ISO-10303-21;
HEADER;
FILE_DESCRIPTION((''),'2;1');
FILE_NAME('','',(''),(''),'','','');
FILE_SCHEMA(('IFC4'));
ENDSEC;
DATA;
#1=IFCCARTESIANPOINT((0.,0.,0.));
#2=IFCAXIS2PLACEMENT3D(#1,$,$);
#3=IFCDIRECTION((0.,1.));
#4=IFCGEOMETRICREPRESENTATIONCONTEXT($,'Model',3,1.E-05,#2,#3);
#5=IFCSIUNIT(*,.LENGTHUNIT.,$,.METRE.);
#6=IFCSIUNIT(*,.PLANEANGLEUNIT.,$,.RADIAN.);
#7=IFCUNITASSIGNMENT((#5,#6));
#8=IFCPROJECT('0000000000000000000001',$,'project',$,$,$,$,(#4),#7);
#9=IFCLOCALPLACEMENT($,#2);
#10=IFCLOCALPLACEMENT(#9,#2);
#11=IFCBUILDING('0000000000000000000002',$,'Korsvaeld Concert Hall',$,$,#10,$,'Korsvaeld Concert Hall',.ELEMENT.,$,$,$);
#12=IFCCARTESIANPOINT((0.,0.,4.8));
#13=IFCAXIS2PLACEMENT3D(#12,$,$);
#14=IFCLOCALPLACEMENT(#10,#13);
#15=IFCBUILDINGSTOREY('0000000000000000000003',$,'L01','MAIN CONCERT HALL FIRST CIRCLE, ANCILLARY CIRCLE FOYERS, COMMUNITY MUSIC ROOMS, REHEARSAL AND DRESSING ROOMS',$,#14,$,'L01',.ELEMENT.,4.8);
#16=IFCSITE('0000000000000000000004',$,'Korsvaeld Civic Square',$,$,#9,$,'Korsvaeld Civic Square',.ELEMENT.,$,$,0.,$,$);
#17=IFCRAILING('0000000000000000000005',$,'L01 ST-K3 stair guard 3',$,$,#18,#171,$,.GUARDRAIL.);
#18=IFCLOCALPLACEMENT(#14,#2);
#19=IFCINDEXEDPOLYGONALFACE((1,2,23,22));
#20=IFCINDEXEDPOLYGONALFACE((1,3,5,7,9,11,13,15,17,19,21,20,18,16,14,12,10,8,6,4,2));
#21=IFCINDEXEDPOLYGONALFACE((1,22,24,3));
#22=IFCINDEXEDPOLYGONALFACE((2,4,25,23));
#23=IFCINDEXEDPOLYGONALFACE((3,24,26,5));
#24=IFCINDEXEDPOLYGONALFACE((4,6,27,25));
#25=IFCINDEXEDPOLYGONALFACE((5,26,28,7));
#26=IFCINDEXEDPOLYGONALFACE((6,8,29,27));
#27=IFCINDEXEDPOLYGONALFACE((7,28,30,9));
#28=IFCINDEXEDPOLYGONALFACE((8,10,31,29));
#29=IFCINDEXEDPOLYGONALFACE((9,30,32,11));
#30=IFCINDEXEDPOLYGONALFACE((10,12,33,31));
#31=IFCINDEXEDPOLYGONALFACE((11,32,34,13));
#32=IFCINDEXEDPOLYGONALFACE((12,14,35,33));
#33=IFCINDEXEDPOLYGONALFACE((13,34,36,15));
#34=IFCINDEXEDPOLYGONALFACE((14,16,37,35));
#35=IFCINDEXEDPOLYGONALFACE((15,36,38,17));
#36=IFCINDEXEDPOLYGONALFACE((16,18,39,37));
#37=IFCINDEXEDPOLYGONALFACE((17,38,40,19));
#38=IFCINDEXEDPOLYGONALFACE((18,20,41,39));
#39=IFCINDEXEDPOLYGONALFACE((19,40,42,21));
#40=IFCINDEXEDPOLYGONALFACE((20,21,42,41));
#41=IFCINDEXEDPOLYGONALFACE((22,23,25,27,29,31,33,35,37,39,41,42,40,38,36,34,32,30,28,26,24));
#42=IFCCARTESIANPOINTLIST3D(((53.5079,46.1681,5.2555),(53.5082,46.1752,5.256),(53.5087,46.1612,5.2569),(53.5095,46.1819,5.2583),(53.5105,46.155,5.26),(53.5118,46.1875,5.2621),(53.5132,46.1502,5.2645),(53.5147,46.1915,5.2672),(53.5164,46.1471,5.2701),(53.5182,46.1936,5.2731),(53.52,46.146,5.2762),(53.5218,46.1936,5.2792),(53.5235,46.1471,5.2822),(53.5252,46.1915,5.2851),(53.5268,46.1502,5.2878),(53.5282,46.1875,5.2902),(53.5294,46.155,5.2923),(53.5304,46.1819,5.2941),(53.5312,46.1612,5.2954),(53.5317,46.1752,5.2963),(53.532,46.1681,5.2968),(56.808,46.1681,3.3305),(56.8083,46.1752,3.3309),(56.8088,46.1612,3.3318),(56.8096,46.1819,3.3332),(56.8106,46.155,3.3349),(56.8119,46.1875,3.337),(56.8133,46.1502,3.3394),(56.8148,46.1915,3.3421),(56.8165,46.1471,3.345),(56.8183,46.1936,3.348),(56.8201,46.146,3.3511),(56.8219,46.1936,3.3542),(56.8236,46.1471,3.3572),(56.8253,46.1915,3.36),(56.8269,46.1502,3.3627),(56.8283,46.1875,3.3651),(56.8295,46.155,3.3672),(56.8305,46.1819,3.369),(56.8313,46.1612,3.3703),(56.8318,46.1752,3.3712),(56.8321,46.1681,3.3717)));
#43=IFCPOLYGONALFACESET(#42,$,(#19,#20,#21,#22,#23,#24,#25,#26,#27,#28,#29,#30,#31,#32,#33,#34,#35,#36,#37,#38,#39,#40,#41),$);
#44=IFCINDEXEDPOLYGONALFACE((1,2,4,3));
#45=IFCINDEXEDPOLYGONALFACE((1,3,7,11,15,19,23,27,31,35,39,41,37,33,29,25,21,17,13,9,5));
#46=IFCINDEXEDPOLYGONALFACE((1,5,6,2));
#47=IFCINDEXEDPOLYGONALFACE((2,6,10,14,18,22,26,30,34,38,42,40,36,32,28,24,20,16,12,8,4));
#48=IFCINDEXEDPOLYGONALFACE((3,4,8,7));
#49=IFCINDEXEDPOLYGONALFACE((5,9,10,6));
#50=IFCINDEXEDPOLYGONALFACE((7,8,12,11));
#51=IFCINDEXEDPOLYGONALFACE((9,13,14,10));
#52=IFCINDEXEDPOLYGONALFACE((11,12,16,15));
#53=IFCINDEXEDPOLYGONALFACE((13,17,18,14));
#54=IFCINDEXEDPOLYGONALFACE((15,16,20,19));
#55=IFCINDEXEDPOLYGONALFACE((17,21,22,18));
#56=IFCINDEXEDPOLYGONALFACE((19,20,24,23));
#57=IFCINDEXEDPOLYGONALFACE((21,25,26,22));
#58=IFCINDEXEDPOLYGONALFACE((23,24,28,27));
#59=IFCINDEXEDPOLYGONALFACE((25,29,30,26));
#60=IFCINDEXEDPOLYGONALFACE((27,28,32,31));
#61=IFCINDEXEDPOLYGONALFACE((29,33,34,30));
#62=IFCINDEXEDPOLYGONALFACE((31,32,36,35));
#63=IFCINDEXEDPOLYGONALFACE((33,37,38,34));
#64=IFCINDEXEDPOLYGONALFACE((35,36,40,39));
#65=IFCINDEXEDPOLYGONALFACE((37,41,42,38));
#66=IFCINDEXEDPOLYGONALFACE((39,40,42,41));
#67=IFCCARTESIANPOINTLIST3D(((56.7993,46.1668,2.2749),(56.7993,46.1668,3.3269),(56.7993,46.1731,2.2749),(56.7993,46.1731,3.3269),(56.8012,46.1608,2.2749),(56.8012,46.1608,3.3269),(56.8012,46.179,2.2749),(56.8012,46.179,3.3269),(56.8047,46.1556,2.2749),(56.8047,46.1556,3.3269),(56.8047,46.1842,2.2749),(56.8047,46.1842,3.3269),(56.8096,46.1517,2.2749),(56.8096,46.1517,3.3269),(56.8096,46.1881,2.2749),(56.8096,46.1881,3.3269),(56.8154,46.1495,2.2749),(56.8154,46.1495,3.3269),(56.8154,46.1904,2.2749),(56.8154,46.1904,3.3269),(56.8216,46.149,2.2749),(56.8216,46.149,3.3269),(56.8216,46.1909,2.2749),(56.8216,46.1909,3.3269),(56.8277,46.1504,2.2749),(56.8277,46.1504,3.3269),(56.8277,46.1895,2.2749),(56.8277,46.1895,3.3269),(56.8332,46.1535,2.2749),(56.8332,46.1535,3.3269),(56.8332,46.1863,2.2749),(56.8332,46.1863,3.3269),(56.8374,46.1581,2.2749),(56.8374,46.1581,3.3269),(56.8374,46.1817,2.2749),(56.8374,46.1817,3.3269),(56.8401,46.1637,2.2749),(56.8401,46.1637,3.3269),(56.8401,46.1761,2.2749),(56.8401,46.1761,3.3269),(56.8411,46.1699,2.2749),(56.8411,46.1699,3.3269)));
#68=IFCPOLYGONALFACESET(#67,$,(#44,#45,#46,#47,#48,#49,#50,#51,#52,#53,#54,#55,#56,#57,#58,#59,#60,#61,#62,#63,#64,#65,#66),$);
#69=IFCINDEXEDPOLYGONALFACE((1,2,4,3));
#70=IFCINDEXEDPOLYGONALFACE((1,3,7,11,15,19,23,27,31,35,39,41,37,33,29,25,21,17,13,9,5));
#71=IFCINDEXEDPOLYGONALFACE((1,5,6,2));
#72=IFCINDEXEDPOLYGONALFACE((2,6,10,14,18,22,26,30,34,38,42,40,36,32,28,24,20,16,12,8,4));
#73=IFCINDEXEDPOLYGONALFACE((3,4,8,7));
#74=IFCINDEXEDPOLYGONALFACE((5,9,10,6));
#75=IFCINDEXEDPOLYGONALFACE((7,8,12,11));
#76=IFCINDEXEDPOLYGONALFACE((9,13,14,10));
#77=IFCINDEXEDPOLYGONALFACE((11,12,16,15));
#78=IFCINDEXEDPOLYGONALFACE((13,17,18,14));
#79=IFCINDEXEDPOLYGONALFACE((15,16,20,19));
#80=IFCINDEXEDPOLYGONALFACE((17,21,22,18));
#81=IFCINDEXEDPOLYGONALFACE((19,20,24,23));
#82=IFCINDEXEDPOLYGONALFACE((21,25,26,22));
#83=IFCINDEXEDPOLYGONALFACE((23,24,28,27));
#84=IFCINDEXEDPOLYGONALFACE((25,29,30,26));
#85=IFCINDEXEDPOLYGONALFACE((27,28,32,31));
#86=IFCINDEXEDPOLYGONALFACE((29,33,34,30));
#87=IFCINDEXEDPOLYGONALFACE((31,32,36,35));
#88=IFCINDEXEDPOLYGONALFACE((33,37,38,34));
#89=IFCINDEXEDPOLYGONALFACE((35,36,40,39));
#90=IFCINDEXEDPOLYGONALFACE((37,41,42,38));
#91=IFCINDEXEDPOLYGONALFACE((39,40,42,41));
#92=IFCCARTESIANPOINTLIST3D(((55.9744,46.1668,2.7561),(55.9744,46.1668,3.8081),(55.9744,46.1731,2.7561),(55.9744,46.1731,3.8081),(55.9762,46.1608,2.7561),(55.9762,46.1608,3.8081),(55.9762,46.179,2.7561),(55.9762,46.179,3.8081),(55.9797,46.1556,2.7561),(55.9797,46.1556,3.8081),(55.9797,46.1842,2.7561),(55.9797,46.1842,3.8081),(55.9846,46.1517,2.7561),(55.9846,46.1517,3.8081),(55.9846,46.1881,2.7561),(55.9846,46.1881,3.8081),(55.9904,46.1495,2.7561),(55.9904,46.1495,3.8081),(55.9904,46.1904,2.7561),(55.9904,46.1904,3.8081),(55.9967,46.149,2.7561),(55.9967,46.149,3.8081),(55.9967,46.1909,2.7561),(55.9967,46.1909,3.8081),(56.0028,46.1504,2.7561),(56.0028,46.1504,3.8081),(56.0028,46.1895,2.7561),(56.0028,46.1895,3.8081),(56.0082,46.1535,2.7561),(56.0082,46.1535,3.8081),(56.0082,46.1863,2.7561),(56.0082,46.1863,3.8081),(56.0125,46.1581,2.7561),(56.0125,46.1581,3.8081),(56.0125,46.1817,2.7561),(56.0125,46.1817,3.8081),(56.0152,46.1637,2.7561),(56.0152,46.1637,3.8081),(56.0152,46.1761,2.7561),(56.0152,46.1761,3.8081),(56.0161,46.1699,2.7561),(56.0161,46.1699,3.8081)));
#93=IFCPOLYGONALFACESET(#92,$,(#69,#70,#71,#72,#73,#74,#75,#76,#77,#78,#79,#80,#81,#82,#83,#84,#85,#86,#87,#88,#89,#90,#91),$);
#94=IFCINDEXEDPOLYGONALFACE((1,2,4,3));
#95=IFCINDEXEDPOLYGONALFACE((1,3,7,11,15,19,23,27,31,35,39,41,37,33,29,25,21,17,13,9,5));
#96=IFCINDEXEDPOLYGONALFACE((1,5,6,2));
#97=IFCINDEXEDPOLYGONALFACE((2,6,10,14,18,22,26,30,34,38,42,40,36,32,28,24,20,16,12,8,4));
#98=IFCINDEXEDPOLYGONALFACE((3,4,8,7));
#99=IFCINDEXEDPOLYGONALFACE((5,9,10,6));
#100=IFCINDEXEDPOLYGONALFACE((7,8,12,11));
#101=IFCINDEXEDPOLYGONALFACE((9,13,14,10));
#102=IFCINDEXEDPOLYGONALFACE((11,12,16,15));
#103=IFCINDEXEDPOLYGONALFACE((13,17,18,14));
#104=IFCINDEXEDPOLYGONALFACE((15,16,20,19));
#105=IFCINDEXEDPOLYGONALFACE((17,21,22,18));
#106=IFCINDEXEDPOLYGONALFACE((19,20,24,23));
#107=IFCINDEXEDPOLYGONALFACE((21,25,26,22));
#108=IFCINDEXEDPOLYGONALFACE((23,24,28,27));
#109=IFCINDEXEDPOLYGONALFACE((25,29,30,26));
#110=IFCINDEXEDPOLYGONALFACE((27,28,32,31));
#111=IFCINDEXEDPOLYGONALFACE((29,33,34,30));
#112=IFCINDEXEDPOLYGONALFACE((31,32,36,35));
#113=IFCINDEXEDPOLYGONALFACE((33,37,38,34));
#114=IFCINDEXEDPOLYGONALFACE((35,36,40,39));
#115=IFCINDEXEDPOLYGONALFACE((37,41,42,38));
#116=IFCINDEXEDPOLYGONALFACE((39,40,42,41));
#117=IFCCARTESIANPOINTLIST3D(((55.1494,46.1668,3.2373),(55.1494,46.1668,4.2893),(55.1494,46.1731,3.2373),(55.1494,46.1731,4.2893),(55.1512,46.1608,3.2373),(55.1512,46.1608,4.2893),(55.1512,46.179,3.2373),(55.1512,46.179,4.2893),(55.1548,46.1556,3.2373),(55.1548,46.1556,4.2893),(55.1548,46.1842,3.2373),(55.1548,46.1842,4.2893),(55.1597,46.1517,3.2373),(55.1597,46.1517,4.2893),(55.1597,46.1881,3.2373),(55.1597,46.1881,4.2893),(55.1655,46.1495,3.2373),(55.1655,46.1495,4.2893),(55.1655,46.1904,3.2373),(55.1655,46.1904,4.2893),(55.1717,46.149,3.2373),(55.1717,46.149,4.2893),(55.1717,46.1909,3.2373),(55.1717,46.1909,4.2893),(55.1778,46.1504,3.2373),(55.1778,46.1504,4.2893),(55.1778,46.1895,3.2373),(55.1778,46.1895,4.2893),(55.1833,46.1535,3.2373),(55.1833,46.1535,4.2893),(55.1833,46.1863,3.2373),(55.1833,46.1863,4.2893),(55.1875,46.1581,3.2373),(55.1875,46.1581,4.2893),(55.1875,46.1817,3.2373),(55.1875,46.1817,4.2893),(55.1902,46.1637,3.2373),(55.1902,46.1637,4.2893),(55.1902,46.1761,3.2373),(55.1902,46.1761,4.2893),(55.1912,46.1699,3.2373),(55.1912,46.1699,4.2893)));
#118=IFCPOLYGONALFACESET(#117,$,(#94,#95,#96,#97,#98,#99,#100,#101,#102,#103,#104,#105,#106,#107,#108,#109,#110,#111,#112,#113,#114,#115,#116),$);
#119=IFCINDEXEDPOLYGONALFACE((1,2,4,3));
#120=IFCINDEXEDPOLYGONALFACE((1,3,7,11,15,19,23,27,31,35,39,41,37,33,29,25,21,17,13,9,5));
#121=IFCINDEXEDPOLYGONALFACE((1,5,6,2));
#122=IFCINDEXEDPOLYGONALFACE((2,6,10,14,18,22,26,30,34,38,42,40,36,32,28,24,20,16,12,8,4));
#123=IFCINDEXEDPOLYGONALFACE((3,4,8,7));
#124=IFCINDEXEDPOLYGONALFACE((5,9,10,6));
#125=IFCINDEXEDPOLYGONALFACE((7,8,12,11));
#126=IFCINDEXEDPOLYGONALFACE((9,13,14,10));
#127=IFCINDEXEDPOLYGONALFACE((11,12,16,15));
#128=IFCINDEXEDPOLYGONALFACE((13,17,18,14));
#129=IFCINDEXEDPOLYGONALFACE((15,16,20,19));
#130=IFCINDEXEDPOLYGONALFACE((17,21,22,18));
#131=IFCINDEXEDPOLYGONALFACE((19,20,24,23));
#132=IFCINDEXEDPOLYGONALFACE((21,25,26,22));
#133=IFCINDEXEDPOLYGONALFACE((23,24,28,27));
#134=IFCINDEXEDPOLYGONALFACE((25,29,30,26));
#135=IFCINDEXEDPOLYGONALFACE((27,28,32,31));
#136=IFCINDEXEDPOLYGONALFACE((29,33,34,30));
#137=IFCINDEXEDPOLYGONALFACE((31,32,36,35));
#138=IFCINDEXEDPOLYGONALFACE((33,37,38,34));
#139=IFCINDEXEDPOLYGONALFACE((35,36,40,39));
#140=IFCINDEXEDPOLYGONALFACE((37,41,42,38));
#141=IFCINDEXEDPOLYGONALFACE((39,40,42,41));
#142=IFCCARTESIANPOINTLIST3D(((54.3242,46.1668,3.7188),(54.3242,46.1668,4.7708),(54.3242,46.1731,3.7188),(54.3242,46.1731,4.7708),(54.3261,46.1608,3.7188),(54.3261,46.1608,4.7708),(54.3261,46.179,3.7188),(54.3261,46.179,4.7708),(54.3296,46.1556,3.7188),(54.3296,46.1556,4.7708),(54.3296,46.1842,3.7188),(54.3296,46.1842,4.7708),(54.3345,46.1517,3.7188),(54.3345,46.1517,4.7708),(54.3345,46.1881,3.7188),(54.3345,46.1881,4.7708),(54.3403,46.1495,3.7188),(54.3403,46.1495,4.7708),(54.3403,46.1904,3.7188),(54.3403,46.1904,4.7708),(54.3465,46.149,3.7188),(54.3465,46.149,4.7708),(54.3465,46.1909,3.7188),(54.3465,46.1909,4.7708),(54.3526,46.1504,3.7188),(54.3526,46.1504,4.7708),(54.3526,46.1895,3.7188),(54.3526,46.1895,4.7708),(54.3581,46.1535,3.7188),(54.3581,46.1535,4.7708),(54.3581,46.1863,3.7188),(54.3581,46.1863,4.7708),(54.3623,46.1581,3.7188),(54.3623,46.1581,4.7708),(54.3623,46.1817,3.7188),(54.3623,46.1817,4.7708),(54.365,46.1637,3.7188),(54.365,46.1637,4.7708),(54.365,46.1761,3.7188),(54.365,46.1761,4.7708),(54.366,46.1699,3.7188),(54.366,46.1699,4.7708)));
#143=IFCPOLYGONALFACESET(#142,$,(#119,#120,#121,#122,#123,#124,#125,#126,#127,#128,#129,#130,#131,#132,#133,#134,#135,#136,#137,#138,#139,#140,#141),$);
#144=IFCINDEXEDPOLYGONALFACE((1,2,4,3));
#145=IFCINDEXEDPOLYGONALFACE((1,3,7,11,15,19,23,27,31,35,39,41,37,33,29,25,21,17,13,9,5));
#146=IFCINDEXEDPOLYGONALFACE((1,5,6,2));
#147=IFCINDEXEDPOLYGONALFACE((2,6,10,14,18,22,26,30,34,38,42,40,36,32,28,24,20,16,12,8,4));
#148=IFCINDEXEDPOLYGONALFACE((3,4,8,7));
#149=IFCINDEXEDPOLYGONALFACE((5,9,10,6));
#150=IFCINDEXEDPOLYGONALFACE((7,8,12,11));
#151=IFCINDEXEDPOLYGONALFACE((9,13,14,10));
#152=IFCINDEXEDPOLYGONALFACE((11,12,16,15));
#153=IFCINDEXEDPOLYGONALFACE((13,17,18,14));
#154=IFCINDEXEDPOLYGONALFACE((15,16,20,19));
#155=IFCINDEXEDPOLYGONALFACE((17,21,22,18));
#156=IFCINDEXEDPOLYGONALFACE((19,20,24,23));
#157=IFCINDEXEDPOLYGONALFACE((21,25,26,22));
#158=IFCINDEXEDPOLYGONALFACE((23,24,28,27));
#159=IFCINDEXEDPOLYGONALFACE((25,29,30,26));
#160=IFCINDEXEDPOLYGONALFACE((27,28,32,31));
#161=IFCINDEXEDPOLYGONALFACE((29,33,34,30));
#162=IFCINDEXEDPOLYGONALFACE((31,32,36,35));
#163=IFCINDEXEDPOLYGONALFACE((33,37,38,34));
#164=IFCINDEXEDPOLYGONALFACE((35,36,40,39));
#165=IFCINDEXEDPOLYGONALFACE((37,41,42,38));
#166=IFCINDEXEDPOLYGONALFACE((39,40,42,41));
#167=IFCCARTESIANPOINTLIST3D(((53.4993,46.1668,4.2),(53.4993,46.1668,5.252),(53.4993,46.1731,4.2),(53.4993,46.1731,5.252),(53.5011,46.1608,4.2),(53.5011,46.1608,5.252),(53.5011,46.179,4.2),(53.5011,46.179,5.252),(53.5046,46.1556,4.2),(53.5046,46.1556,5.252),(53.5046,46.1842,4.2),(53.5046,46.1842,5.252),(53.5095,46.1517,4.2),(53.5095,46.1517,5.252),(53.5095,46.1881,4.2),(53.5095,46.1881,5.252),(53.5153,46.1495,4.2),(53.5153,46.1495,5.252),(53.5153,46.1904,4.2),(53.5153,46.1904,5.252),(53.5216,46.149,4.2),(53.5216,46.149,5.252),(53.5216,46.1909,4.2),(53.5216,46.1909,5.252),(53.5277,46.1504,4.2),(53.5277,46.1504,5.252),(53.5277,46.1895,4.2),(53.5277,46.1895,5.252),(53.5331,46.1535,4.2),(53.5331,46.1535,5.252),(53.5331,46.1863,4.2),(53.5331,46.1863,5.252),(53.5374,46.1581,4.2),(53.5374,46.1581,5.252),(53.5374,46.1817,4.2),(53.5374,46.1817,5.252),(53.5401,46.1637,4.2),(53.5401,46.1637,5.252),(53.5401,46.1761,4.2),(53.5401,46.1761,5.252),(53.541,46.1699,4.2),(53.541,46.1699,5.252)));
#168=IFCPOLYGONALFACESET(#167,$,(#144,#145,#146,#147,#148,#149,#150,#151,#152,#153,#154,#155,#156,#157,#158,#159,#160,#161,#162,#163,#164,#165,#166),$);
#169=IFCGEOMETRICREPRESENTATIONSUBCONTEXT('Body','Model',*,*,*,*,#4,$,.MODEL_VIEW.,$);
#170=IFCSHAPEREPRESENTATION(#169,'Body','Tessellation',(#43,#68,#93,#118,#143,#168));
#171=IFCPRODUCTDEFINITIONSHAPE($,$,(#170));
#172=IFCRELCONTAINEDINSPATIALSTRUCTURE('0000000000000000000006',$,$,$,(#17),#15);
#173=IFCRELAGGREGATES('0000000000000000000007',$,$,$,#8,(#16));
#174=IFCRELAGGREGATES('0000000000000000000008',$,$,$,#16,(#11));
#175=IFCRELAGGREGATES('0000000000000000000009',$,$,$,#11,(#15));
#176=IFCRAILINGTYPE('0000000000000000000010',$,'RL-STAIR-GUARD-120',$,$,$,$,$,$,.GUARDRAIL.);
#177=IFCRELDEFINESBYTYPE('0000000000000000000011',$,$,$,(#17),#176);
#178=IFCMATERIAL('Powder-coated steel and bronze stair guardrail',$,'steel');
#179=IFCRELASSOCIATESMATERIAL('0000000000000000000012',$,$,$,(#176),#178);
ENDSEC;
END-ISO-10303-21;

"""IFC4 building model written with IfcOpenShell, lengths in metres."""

from ifc_helpers import new_model, si_unit, direction, frame, origin, origin_2d, place, context, subcontext, project, spatial, circle, extrude, material, type_object, element, save


model = new_model("IFC4")

# Units and contexts
model_context = context("Model", 3, precision=1e-05, world=origin(), true_north=direction((0.0, 1.0)))
body_context = subcontext(model_context, "Body", "Model", "MODEL_VIEW")
ifc_project = project(units=[si_unit("LENGTHUNIT", "METRE"), si_unit("PLANEANGLEUNIT", "RADIAN")], contexts=[model_context])

# Site, building, storey
site_placement = place(None, origin())
site = spatial("IfcSite", under=ifc_project, at=site_placement, Name="Korsvaeld Civic Square", LongName="Korsvaeld Civic Square", CompositionType="ELEMENT", RefElevation=0.0)
building_placement = place(site_placement, origin())
building = spatial("IfcBuilding", under=site, at=building_placement, Name="Korsvaeld Concert Hall", LongName="Korsvaeld Concert Hall", CompositionType="ELEMENT")
storey_placement = place(building_placement, frame((0.0, 0.0, 4.8)))
storey = spatial("IfcBuildingStorey", under=building, at=storey_placement, Name="L01", Description="MAIN CONCERT HALL FIRST CIRCLE, ANCILLARY CIRCLE FOYERS, COMMUNITY MUSIC ROOMS, REHEARSAL AND DRESSING ROOMS", LongName="L01", CompositionType="ELEMENT", Elevation=4.8)

# Railing
ifc_material_1 = material(Name="Powder-coated steel and bronze stair guardrail", Category="steel")
railing_type_1 = type_object("IfcRailingType", Name="RL-STAIR-GUARD-120", PredefinedType="GUARDRAIL", material=ifc_material_1)
railing_1_placement = place(storey_placement, frame((56.8201, 46.1699, 2.2749)))
element("IfcRailing", 1, at=railing_1_placement, inside=storey, type_object=railing_type_1, Name="L01 ST-K3 stair guard 3", PredefinedType="GUARDRAIL", context=body_context, shape_type="SweptSolid", body=[
    extrude(circle(Radius=0.0239, at=origin_2d()), frame((0.0, 0.0, 1.0762), z_axis=(-0.863777, 0.0, 0.503875), x_axis=(0.0, -1.0, 0.0)), (0.0, 0.0, 1.0), 3.8206),
    extrude(circle(Radius=0.021, at=origin_2d()), origin(), (0.0, 0.0, 1.0), 1.052),
    extrude(circle(Radius=0.021, at=origin_2d()), frame((-0.825, 0.0, 0.4812)), (0.0, 0.0, 1.0), 1.052),
    extrude(circle(Radius=0.021, at=origin_2d()), frame((-1.6499, 0.0, 0.9624)), (0.0, 0.0, 1.0), 1.052),
    extrude(circle(Radius=0.021, at=origin_2d()), frame((-2.4751, 0.0, 1.4438)), (0.0, 0.0, 1.0), 1.052),
    extrude(circle(Radius=0.021, at=origin_2d()), frame((-3.3, 0.0, 1.925)), (0.0, 0.0, 1.0), 1.052),
])

save(model, "model.ifc")
